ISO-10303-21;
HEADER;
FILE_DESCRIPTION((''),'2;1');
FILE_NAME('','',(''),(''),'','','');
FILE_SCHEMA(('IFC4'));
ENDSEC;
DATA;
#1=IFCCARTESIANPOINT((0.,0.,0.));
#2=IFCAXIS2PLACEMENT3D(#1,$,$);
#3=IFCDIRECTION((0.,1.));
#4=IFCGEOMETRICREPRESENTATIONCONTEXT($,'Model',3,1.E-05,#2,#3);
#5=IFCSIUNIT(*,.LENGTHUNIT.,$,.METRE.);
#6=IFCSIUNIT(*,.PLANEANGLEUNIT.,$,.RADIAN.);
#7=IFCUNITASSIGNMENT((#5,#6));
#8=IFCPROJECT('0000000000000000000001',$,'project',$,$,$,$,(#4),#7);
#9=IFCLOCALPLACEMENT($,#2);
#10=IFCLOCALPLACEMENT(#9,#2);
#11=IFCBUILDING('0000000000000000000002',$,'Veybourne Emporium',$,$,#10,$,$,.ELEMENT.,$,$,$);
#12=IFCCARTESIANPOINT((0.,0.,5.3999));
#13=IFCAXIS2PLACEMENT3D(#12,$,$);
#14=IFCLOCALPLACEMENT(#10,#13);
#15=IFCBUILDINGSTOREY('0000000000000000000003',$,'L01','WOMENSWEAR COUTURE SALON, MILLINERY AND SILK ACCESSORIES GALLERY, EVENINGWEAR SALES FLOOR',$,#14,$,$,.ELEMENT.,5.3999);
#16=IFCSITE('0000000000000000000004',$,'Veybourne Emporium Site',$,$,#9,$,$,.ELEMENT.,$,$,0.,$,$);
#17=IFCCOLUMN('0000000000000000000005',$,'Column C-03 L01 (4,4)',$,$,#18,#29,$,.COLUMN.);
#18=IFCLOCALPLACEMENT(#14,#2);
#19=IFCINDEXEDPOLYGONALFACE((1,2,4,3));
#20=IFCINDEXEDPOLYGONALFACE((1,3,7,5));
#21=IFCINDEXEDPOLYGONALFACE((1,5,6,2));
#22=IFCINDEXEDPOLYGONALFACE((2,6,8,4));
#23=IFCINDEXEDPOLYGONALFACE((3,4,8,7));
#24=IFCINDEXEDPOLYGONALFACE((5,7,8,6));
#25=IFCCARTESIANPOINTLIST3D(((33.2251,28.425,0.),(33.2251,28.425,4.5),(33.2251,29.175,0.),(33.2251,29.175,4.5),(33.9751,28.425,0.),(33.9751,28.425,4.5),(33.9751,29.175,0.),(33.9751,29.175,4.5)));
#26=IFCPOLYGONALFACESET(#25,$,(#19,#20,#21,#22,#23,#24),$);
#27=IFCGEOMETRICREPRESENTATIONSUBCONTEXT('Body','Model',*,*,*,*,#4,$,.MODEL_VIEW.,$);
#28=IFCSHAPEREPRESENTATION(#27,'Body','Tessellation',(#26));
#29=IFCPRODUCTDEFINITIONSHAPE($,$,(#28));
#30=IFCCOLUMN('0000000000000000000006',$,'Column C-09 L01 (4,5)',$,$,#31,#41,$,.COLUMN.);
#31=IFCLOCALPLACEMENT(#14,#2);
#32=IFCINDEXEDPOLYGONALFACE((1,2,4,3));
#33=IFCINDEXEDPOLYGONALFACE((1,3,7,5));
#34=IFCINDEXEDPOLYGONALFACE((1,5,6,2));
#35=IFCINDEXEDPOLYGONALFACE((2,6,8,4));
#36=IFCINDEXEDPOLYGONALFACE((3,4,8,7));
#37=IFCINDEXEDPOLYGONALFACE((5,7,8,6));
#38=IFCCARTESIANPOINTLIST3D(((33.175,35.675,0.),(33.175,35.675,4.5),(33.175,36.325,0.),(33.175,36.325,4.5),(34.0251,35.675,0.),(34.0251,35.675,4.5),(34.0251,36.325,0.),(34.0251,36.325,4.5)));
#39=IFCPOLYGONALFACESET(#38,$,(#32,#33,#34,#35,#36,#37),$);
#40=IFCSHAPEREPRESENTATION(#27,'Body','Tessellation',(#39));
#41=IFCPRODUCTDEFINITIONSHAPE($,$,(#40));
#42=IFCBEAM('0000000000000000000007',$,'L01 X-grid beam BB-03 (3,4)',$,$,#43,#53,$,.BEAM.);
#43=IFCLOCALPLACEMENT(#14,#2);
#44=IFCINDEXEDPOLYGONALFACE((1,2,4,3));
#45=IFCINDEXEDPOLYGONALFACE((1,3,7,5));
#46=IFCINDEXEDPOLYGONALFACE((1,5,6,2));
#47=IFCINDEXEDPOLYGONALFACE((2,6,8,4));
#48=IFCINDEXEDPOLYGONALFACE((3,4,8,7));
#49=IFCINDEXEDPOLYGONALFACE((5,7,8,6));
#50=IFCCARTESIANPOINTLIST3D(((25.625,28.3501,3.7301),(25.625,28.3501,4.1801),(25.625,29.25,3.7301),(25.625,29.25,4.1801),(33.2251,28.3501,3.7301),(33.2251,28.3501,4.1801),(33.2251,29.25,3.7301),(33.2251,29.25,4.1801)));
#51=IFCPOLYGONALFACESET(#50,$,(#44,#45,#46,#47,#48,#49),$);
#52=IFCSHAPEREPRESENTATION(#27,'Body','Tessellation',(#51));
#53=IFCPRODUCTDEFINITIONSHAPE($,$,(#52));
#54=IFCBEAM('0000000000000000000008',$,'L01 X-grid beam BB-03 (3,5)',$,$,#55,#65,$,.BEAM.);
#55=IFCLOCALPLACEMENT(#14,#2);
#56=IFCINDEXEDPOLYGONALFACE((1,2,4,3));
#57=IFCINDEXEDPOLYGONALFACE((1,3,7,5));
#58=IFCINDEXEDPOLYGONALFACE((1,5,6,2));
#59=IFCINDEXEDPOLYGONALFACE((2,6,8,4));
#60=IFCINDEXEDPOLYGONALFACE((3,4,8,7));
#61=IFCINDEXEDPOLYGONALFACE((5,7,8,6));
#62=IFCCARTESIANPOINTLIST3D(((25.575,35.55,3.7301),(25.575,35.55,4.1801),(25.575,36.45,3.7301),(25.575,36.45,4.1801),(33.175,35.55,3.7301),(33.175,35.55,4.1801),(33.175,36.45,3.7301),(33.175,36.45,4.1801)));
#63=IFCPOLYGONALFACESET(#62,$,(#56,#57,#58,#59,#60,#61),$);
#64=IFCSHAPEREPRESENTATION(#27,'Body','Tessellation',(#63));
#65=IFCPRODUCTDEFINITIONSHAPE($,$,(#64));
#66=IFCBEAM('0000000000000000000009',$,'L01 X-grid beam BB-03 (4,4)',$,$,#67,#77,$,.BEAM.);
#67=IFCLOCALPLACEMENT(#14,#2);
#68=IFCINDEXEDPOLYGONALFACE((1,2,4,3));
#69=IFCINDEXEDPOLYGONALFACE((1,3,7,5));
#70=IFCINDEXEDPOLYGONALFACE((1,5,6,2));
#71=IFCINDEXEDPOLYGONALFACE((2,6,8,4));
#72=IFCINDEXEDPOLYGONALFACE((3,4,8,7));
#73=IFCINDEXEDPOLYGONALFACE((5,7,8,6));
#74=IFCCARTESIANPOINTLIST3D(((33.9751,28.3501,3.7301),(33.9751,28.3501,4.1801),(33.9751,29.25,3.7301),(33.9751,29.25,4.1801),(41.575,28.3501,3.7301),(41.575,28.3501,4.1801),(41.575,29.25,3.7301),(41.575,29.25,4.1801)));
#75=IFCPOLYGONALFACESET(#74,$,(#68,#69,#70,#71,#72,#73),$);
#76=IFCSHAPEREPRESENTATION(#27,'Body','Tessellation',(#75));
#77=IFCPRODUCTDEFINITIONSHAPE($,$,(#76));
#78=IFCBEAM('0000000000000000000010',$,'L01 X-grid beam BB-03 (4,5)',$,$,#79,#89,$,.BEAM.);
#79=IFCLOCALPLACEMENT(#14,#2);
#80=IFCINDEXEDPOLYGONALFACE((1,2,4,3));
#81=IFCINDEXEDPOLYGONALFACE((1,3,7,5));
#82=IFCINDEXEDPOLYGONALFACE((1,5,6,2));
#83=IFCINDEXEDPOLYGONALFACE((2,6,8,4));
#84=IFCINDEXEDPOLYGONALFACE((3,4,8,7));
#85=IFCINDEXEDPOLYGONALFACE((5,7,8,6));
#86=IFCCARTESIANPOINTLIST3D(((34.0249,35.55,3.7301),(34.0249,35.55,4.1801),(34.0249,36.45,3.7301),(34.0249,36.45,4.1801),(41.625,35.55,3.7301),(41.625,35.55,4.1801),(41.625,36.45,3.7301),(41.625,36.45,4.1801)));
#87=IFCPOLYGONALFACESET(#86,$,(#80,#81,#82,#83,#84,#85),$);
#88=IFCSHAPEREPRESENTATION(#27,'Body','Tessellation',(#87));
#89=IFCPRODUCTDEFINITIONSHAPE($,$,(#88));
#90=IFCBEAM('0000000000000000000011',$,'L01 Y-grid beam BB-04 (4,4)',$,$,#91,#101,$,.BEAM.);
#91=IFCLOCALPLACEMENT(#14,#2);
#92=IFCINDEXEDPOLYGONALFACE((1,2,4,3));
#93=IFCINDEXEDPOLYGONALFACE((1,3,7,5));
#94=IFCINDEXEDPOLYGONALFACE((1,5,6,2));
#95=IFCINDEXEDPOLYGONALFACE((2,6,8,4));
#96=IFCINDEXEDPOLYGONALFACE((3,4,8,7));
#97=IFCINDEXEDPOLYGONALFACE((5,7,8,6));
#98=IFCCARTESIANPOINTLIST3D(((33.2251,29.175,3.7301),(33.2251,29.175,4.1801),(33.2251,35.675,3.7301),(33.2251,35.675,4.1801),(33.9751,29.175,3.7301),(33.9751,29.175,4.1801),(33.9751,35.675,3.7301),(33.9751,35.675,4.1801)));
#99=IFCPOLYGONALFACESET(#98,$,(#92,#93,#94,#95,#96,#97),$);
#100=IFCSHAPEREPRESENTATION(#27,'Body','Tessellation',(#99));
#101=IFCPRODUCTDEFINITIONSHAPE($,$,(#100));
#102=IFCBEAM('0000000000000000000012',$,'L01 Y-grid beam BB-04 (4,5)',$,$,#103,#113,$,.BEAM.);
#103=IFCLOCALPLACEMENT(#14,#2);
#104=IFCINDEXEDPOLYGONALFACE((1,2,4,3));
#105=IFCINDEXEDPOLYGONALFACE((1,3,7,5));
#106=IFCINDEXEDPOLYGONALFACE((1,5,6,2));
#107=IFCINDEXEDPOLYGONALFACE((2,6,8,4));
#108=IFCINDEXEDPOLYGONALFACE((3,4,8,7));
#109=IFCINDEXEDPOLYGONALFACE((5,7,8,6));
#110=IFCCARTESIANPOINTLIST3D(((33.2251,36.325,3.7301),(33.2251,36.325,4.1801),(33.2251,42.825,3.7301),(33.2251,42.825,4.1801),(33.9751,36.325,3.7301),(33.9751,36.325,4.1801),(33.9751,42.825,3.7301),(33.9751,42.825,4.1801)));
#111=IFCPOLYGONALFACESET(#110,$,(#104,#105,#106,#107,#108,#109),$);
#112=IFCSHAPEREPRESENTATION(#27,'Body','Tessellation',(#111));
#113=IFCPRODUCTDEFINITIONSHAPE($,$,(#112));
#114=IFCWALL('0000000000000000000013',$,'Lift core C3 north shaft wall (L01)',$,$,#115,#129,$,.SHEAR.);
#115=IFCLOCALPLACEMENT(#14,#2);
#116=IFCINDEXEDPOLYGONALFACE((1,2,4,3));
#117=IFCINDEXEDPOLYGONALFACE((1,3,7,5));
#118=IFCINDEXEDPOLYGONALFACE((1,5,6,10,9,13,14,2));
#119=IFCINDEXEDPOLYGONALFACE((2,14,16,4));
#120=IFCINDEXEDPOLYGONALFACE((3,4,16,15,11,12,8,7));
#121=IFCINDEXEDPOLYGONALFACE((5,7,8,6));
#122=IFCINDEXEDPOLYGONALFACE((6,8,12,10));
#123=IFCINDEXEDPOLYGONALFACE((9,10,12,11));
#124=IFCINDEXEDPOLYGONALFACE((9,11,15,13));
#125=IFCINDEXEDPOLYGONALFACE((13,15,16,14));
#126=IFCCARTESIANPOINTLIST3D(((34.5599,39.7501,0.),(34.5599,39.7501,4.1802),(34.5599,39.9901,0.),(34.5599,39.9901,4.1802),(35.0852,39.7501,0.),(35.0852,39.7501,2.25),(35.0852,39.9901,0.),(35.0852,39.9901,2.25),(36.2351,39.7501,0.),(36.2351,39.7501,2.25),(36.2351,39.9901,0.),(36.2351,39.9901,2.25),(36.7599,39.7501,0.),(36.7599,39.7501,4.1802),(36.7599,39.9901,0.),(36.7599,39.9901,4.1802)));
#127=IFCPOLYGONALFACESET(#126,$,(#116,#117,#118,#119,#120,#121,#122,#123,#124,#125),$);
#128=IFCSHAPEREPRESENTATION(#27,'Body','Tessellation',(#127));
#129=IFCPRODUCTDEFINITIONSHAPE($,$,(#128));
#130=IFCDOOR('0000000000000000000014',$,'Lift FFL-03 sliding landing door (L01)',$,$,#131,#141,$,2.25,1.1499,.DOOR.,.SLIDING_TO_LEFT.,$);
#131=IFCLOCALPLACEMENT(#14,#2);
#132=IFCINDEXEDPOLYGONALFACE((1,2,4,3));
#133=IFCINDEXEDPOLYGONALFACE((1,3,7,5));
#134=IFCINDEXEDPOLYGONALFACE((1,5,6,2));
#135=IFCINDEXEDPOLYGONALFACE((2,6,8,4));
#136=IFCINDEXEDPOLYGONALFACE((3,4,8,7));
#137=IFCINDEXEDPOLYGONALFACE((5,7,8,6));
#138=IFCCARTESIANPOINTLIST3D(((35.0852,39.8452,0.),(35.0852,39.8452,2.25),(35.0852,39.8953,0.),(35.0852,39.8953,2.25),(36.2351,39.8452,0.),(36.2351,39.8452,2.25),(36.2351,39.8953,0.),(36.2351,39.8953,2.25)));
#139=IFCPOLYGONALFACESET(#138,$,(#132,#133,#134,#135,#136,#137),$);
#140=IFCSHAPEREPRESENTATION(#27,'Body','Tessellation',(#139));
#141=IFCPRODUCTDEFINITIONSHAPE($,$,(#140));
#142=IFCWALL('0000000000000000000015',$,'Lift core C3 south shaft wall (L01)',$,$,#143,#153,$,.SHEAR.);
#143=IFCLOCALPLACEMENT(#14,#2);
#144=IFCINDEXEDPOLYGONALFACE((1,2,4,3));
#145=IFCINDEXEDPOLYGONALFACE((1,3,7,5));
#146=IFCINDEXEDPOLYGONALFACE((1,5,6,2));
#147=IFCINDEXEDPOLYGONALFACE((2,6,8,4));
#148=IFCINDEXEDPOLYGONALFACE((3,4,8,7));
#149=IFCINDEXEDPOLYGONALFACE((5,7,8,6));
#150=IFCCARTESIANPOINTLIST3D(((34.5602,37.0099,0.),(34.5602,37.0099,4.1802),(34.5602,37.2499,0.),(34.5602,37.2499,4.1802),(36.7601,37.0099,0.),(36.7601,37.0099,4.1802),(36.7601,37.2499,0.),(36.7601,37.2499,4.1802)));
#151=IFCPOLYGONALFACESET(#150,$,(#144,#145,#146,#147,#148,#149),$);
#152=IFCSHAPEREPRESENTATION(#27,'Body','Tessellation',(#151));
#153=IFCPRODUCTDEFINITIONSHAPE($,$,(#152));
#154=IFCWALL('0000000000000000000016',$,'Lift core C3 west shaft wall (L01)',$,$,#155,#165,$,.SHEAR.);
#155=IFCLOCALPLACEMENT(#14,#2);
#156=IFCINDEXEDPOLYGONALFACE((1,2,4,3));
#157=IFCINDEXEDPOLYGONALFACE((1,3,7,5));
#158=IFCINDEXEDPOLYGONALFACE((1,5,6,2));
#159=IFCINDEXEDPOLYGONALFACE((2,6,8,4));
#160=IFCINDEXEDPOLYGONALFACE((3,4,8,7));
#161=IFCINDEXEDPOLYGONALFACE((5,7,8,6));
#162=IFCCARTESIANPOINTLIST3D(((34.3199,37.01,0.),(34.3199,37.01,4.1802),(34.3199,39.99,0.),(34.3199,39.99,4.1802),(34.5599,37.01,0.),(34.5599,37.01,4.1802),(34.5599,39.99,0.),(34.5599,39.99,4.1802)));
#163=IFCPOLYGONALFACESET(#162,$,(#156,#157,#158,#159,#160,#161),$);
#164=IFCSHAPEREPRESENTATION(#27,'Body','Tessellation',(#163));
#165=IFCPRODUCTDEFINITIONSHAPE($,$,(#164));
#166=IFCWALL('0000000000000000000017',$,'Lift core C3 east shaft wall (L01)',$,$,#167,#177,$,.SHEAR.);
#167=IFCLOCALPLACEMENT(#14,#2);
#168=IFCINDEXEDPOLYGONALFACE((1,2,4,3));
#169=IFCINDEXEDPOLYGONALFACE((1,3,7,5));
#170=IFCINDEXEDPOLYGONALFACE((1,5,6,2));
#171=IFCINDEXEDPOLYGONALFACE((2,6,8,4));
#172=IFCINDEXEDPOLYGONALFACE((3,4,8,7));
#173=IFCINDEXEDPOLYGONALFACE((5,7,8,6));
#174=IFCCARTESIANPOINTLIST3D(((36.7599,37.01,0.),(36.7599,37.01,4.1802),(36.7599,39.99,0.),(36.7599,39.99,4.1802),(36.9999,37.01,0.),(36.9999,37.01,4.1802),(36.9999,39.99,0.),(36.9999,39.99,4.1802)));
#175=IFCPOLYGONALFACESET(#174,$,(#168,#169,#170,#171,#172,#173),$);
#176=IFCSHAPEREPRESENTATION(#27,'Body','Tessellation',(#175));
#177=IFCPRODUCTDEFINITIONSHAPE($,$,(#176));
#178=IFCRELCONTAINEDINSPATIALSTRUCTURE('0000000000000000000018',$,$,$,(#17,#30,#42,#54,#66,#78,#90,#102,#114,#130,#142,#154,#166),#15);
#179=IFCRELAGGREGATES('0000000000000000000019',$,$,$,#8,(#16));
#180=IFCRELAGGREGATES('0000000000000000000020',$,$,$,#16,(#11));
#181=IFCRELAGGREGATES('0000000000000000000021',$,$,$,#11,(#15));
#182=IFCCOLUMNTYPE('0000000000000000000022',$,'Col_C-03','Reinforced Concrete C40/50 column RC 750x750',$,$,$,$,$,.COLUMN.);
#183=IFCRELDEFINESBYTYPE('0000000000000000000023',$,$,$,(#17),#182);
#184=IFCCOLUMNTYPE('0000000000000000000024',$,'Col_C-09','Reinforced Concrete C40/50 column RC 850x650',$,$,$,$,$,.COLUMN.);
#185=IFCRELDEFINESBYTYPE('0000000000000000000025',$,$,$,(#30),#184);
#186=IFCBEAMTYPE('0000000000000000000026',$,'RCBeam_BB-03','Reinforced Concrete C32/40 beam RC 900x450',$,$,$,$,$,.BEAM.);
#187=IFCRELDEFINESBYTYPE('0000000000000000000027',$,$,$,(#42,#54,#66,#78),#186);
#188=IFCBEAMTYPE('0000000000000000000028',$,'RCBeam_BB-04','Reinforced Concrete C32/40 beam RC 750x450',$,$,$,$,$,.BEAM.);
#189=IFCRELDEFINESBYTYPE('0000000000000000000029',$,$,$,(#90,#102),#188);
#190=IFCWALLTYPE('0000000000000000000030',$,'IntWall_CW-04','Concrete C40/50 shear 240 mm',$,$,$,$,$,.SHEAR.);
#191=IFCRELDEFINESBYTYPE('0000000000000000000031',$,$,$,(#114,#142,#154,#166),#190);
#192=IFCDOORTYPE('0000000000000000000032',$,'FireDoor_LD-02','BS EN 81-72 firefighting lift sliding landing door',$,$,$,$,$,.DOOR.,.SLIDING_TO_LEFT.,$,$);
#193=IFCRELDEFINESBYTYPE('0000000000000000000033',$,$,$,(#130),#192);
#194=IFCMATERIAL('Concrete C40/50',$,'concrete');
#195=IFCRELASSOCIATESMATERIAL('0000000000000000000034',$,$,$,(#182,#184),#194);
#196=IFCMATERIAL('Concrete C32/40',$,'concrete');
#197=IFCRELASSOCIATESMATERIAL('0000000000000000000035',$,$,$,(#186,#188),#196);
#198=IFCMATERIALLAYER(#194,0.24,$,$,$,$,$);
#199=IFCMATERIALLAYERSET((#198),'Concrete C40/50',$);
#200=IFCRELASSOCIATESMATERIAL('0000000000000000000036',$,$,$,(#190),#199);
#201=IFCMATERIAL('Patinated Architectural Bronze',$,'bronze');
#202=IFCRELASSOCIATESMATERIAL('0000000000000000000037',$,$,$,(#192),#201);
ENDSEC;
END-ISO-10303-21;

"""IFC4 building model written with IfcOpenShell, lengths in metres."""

from ifc_helpers import new_model, si_unit, direction, frame, frame_2d, origin, origin_2d, place, context, subcontext, project, spatial, rectangle, extrude, material, layer, layer_set, material_profile, profile_set, type_object, element, fill, save


model = new_model("IFC4")

# Units and contexts
model_context = context("Model", 3, precision=1e-05, world=origin(), true_north=direction((0.0, 1.0)))
body_context = subcontext(model_context, "Body", "Model", "MODEL_VIEW")
ifc_project = project(units=[si_unit("LENGTHUNIT", "METRE"), si_unit("PLANEANGLEUNIT", "RADIAN")], contexts=[model_context])

# Site, building, storey
site_placement = place(None, origin())
site = spatial("IfcSite", under=ifc_project, at=site_placement, Name="Veybourne Emporium Site", CompositionType="ELEMENT", RefElevation=0.0)
building_placement = place(site_placement, origin())
building = spatial("IfcBuilding", under=site, at=building_placement, Name="Veybourne Emporium", CompositionType="ELEMENT")
storey_placement = place(building_placement, frame((0.0, 0.0, 5.3999)))
storey = spatial("IfcBuildingStorey", under=building, at=storey_placement, Name="L01", Description="WOMENSWEAR COUTURE SALON, MILLINERY AND SILK ACCESSORIES GALLERY, EVENINGWEAR SALES FLOOR", CompositionType="ELEMENT", Elevation=5.3999)

# Columns
ifc_material_1 = material(Name="Concrete C40/50", Category="concrete")
ifc_material_profile_1 = material_profile(ifc_material_1, rectangle(XDim=0.75, YDim=0.75, at=origin_2d()), Name="RC 750x750")
ifc_profile_set_1 = profile_set([ifc_material_profile_1], Name="Concrete C40/50")
column_type_1 = type_object("IfcColumnType", Name="Col_C-03", Description="Reinforced Concrete C40/50 column RC 750x750", PredefinedType="COLUMN", material=ifc_profile_set_1)
column_1_placement = place(storey_placement, frame((33.6001, 28.8, 0.0), z_axis=(0.0, 0.0, 1.0), x_axis=(1.0, 0.0, 0.0)))
element("IfcColumn", 1, at=column_1_placement, inside=storey, type_object=column_type_1, Name="Column C-03 L01 (4,4)", PredefinedType="COLUMN", context=body_context, shape_type="SweptSolid", body=[
    extrude(rectangle(XDim=0.75, YDim=0.75, at=origin_2d()), origin(), (0.0, 0.0, 1.0), 4.5),
])
ifc_material_profile_2 = material_profile(ifc_material_1, rectangle(XDim=0.8501, YDim=0.6499, at=origin_2d()), Name="RC 850x650")
ifc_profile_set_2 = profile_set([ifc_material_profile_2], Name="Concrete C40/50")
column_type_2 = type_object("IfcColumnType", Name="Col_C-09", Description="Reinforced Concrete C40/50 column RC 850x650", PredefinedType="COLUMN", material=ifc_profile_set_2)
column_2_placement = place(storey_placement, frame((33.6001, 36.0, 0.0), z_axis=(0.0, 0.0, 1.0), x_axis=(1.0, 0.0, 0.0)))
element("IfcColumn", 2, at=column_2_placement, inside=storey, type_object=column_type_2, Name="Column C-09 L01 (4,5)", PredefinedType="COLUMN", context=body_context, shape_type="SweptSolid", body=[
    extrude(rectangle(XDim=0.8501, YDim=0.6499, at=origin_2d()), origin(), (0.0, 0.0, 1.0), 4.5),
])

# Beams
ifc_material_2 = material(Name="Concrete C32/40", Category="concrete")
ifc_material_profile_3 = material_profile(ifc_material_2, rectangle(XDim=0.8999, YDim=0.45, at=origin_2d()), Name="RC 900x450")
ifc_profile_set_3 = profile_set([ifc_material_profile_3], Name="Concrete C32/40")
beam_type_1 = type_object("IfcBeamType", Name="RCBeam_BB-03", Description="Reinforced Concrete C32/40 beam RC 900x450", PredefinedType="BEAM", material=ifc_profile_set_3)
for number, where, z_axis, x_axis, name in (
    (3, (25.625, 28.8, 3.9551), (1.0, 0.0, 0.0), (0.0, 1.0, 0.0), "L01 X-grid beam BB-03 (3,4)"),
    (4, (25.575, 36.0, 3.9551), (1.0, 0.0, 0.0), (0.0, 1.0, 0.0), "L01 X-grid beam BB-03 (3,5)"),
):
    element("IfcBeam", number, at=place(storey_placement, frame(where, z_axis=z_axis, x_axis=x_axis)), inside=storey, type_object=beam_type_1, Name=name, PredefinedType="BEAM", context=body_context, shape_type="SweptSolid", body=[
        extrude(rectangle(XDim=0.8999, YDim=0.45, at=origin_2d()), origin(), (0.0, 0.0, 1.0), 7.6001),
    ])
beam_1_placement = place(storey_placement, frame((33.9751, 28.8, 3.9551), z_axis=(1.0, 0.0, 0.0), x_axis=(0.0, 1.0, 0.0)))
element("IfcBeam", 5, at=beam_1_placement, inside=storey, type_object=beam_type_1, Name="L01 X-grid beam BB-03 (4,4)", PredefinedType="BEAM", context=body_context, shape_type="SweptSolid", body=[
    extrude(rectangle(XDim=0.8999, YDim=0.45, at=origin_2d()), origin(), (0.0, 0.0, 1.0), 7.5999),
])
beam_2_placement = place(storey_placement, frame((34.0249, 36.0, 3.9551), z_axis=(1.0, 0.0, 0.0), x_axis=(0.0, 1.0, 0.0)))
element("IfcBeam", 6, at=beam_2_placement, inside=storey, type_object=beam_type_1, Name="L01 X-grid beam BB-03 (4,5)", PredefinedType="BEAM", context=body_context, shape_type="SweptSolid", body=[
    extrude(rectangle(XDim=0.8999, YDim=0.45, at=origin_2d()), origin(), (0.0, 0.0, 1.0), 7.6001),
])
ifc_material_profile_4 = material_profile(ifc_material_2, rectangle(XDim=0.75, YDim=0.45, at=origin_2d()), Name="RC 750x450")
ifc_profile_set_4 = profile_set([ifc_material_profile_4], Name="Concrete C32/40")
beam_type_2 = type_object("IfcBeamType", Name="RCBeam_BB-04", Description="Reinforced Concrete C32/40 beam RC 750x450", PredefinedType="BEAM", material=ifc_profile_set_4)
for number, where, z_axis, x_axis, name in (
    (7, (33.6001, 29.175, 3.9551), (0.0, 1.0, 0.0), (-1.0, 0.0, 0.0), "L01 Y-grid beam BB-04 (4,4)"),
    (8, (33.6001, 36.325, 3.9551), (0.0, 1.0, 0.0), (-1.0, 0.0, 0.0), "L01 Y-grid beam BB-04 (4,5)"),
):
    element("IfcBeam", number, at=place(storey_placement, frame(where, z_axis=z_axis, x_axis=x_axis)), inside=storey, type_object=beam_type_2, Name=name, PredefinedType="BEAM", context=body_context, shape_type="SweptSolid", body=[
        extrude(rectangle(XDim=0.75, YDim=0.45, at=origin_2d()), origin(), (0.0, 0.0, 1.0), 6.5),
    ])

# Wall, opening, door
ifc_layer_1 = layer(ifc_material_1, 0.24)
ifc_layer_set_1 = layer_set([ifc_layer_1], Name="Concrete C40/50")
wall_type_1 = type_object("IfcWallType", Name="IntWall_CW-04", Description="Concrete C40/50 shear 240 mm", PredefinedType="SHEAR", material=ifc_layer_set_1)
wall_1_placement = place(storey_placement, frame((36.76, 39.8701, 0.0), z_axis=(0.0, 0.0, 1.0), x_axis=(-1.0, 0.0, 0.0)))
wall_1 = element("IfcWall", 9, at=wall_1_placement, inside=storey, type_object=wall_type_1, Name="Lift core C3 north shaft wall (L01)", PredefinedType="SHEAR", context=body_context, shape_type="SweptSolid", body=[
    extrude(rectangle(XDim=2.2, YDim=0.24, at=frame_2d((1.1001, 0.0))), origin(), (0.0, 0.0, 1.0), 4.1802),
])
opening_1_placement = place(wall_1_placement, frame((0.5249, 0.0, 0.0)))
opening_1 = element("IfcOpeningElement", 10, at=opening_1_placement, cuts=wall_1, PredefinedType="OPENING", context=body_context, shape_type="SweptSolid", body=[
    extrude(rectangle(XDim=1.1499, YDim=2.25, at=frame_2d((0.575, 1.125))), frame((0.0, 0.1401, 0.0), z_axis=(0.0, -1.0, 0.0), x_axis=(1.0, 0.0, 0.0)), (0.0, 0.0, 1.0), 0.28),
])
ifc_material_3 = material(Name="Patinated Architectural Bronze", Category="bronze")
door_type_1 = type_object("IfcDoorType", Name="FireDoor_LD-02", Description="BS EN 81-72 firefighting lift sliding landing door", OperationType="SLIDING_TO_LEFT", PredefinedType="DOOR", material=ifc_material_3)
door_1_placement = place(opening_1_placement, origin())
door_1 = element("IfcDoor", 11, at=door_1_placement, inside=storey, type_object=door_type_1, Name="Lift FFL-03 sliding landing door (L01)", OperationType="SLIDING_TO_LEFT", OverallHeight=2.25, OverallWidth=1.1499, PredefinedType="DOOR", context=body_context, shape_type="SweptSolid", body=[
    extrude(rectangle(XDim=1.1499, YDim=2.25, at=frame_2d((0.575, 1.125))), frame((0.0, 0.0249, 0.0), z_axis=(0.0, -1.0, 0.0), x_axis=(1.0, 0.0, 0.0)), (0.0, 0.0, 1.0), 0.05),
])
fill(opening_1, door_1)

# Walls
wall_2_placement = place(storey_placement, frame((34.5601, 37.1299, 0.0), z_axis=(0.0, 0.0, 1.0), x_axis=(1.0, 0.0, 0.0)))
element("IfcWall", 12, at=wall_2_placement, inside=storey, type_object=wall_type_1, Name="Lift core C3 south shaft wall (L01)", PredefinedType="SHEAR", context=body_context, shape_type="SweptSolid", body=[
    extrude(rectangle(XDim=2.2, YDim=0.24, at=frame_2d((1.1001, 0.0))), origin(), (0.0, 0.0, 1.0), 4.1802),
])
for number, where, z_axis, x_axis, name in (
    (13, (34.4399, 39.99, 0.0), (0.0, 0.0, 1.0), (0.0, -1.0, 0.0), "Lift core C3 west shaft wall (L01)"),
    (14, (36.8799, 37.01, 0.0), (0.0, 0.0, 1.0), (0.0, 1.0, 0.0), "Lift core C3 east shaft wall (L01)"),
):
    element("IfcWall", number, at=place(storey_placement, frame(where, z_axis=z_axis, x_axis=x_axis)), inside=storey, type_object=wall_type_1, Name=name, PredefinedType="SHEAR", context=body_context, shape_type="SweptSolid", body=[
        extrude(rectangle(XDim=2.98, YDim=0.24, at=frame_2d((1.49, 0.0))), origin(), (0.0, 0.0, 1.0), 4.1802),
    ])

save(model, "model.ifc")
